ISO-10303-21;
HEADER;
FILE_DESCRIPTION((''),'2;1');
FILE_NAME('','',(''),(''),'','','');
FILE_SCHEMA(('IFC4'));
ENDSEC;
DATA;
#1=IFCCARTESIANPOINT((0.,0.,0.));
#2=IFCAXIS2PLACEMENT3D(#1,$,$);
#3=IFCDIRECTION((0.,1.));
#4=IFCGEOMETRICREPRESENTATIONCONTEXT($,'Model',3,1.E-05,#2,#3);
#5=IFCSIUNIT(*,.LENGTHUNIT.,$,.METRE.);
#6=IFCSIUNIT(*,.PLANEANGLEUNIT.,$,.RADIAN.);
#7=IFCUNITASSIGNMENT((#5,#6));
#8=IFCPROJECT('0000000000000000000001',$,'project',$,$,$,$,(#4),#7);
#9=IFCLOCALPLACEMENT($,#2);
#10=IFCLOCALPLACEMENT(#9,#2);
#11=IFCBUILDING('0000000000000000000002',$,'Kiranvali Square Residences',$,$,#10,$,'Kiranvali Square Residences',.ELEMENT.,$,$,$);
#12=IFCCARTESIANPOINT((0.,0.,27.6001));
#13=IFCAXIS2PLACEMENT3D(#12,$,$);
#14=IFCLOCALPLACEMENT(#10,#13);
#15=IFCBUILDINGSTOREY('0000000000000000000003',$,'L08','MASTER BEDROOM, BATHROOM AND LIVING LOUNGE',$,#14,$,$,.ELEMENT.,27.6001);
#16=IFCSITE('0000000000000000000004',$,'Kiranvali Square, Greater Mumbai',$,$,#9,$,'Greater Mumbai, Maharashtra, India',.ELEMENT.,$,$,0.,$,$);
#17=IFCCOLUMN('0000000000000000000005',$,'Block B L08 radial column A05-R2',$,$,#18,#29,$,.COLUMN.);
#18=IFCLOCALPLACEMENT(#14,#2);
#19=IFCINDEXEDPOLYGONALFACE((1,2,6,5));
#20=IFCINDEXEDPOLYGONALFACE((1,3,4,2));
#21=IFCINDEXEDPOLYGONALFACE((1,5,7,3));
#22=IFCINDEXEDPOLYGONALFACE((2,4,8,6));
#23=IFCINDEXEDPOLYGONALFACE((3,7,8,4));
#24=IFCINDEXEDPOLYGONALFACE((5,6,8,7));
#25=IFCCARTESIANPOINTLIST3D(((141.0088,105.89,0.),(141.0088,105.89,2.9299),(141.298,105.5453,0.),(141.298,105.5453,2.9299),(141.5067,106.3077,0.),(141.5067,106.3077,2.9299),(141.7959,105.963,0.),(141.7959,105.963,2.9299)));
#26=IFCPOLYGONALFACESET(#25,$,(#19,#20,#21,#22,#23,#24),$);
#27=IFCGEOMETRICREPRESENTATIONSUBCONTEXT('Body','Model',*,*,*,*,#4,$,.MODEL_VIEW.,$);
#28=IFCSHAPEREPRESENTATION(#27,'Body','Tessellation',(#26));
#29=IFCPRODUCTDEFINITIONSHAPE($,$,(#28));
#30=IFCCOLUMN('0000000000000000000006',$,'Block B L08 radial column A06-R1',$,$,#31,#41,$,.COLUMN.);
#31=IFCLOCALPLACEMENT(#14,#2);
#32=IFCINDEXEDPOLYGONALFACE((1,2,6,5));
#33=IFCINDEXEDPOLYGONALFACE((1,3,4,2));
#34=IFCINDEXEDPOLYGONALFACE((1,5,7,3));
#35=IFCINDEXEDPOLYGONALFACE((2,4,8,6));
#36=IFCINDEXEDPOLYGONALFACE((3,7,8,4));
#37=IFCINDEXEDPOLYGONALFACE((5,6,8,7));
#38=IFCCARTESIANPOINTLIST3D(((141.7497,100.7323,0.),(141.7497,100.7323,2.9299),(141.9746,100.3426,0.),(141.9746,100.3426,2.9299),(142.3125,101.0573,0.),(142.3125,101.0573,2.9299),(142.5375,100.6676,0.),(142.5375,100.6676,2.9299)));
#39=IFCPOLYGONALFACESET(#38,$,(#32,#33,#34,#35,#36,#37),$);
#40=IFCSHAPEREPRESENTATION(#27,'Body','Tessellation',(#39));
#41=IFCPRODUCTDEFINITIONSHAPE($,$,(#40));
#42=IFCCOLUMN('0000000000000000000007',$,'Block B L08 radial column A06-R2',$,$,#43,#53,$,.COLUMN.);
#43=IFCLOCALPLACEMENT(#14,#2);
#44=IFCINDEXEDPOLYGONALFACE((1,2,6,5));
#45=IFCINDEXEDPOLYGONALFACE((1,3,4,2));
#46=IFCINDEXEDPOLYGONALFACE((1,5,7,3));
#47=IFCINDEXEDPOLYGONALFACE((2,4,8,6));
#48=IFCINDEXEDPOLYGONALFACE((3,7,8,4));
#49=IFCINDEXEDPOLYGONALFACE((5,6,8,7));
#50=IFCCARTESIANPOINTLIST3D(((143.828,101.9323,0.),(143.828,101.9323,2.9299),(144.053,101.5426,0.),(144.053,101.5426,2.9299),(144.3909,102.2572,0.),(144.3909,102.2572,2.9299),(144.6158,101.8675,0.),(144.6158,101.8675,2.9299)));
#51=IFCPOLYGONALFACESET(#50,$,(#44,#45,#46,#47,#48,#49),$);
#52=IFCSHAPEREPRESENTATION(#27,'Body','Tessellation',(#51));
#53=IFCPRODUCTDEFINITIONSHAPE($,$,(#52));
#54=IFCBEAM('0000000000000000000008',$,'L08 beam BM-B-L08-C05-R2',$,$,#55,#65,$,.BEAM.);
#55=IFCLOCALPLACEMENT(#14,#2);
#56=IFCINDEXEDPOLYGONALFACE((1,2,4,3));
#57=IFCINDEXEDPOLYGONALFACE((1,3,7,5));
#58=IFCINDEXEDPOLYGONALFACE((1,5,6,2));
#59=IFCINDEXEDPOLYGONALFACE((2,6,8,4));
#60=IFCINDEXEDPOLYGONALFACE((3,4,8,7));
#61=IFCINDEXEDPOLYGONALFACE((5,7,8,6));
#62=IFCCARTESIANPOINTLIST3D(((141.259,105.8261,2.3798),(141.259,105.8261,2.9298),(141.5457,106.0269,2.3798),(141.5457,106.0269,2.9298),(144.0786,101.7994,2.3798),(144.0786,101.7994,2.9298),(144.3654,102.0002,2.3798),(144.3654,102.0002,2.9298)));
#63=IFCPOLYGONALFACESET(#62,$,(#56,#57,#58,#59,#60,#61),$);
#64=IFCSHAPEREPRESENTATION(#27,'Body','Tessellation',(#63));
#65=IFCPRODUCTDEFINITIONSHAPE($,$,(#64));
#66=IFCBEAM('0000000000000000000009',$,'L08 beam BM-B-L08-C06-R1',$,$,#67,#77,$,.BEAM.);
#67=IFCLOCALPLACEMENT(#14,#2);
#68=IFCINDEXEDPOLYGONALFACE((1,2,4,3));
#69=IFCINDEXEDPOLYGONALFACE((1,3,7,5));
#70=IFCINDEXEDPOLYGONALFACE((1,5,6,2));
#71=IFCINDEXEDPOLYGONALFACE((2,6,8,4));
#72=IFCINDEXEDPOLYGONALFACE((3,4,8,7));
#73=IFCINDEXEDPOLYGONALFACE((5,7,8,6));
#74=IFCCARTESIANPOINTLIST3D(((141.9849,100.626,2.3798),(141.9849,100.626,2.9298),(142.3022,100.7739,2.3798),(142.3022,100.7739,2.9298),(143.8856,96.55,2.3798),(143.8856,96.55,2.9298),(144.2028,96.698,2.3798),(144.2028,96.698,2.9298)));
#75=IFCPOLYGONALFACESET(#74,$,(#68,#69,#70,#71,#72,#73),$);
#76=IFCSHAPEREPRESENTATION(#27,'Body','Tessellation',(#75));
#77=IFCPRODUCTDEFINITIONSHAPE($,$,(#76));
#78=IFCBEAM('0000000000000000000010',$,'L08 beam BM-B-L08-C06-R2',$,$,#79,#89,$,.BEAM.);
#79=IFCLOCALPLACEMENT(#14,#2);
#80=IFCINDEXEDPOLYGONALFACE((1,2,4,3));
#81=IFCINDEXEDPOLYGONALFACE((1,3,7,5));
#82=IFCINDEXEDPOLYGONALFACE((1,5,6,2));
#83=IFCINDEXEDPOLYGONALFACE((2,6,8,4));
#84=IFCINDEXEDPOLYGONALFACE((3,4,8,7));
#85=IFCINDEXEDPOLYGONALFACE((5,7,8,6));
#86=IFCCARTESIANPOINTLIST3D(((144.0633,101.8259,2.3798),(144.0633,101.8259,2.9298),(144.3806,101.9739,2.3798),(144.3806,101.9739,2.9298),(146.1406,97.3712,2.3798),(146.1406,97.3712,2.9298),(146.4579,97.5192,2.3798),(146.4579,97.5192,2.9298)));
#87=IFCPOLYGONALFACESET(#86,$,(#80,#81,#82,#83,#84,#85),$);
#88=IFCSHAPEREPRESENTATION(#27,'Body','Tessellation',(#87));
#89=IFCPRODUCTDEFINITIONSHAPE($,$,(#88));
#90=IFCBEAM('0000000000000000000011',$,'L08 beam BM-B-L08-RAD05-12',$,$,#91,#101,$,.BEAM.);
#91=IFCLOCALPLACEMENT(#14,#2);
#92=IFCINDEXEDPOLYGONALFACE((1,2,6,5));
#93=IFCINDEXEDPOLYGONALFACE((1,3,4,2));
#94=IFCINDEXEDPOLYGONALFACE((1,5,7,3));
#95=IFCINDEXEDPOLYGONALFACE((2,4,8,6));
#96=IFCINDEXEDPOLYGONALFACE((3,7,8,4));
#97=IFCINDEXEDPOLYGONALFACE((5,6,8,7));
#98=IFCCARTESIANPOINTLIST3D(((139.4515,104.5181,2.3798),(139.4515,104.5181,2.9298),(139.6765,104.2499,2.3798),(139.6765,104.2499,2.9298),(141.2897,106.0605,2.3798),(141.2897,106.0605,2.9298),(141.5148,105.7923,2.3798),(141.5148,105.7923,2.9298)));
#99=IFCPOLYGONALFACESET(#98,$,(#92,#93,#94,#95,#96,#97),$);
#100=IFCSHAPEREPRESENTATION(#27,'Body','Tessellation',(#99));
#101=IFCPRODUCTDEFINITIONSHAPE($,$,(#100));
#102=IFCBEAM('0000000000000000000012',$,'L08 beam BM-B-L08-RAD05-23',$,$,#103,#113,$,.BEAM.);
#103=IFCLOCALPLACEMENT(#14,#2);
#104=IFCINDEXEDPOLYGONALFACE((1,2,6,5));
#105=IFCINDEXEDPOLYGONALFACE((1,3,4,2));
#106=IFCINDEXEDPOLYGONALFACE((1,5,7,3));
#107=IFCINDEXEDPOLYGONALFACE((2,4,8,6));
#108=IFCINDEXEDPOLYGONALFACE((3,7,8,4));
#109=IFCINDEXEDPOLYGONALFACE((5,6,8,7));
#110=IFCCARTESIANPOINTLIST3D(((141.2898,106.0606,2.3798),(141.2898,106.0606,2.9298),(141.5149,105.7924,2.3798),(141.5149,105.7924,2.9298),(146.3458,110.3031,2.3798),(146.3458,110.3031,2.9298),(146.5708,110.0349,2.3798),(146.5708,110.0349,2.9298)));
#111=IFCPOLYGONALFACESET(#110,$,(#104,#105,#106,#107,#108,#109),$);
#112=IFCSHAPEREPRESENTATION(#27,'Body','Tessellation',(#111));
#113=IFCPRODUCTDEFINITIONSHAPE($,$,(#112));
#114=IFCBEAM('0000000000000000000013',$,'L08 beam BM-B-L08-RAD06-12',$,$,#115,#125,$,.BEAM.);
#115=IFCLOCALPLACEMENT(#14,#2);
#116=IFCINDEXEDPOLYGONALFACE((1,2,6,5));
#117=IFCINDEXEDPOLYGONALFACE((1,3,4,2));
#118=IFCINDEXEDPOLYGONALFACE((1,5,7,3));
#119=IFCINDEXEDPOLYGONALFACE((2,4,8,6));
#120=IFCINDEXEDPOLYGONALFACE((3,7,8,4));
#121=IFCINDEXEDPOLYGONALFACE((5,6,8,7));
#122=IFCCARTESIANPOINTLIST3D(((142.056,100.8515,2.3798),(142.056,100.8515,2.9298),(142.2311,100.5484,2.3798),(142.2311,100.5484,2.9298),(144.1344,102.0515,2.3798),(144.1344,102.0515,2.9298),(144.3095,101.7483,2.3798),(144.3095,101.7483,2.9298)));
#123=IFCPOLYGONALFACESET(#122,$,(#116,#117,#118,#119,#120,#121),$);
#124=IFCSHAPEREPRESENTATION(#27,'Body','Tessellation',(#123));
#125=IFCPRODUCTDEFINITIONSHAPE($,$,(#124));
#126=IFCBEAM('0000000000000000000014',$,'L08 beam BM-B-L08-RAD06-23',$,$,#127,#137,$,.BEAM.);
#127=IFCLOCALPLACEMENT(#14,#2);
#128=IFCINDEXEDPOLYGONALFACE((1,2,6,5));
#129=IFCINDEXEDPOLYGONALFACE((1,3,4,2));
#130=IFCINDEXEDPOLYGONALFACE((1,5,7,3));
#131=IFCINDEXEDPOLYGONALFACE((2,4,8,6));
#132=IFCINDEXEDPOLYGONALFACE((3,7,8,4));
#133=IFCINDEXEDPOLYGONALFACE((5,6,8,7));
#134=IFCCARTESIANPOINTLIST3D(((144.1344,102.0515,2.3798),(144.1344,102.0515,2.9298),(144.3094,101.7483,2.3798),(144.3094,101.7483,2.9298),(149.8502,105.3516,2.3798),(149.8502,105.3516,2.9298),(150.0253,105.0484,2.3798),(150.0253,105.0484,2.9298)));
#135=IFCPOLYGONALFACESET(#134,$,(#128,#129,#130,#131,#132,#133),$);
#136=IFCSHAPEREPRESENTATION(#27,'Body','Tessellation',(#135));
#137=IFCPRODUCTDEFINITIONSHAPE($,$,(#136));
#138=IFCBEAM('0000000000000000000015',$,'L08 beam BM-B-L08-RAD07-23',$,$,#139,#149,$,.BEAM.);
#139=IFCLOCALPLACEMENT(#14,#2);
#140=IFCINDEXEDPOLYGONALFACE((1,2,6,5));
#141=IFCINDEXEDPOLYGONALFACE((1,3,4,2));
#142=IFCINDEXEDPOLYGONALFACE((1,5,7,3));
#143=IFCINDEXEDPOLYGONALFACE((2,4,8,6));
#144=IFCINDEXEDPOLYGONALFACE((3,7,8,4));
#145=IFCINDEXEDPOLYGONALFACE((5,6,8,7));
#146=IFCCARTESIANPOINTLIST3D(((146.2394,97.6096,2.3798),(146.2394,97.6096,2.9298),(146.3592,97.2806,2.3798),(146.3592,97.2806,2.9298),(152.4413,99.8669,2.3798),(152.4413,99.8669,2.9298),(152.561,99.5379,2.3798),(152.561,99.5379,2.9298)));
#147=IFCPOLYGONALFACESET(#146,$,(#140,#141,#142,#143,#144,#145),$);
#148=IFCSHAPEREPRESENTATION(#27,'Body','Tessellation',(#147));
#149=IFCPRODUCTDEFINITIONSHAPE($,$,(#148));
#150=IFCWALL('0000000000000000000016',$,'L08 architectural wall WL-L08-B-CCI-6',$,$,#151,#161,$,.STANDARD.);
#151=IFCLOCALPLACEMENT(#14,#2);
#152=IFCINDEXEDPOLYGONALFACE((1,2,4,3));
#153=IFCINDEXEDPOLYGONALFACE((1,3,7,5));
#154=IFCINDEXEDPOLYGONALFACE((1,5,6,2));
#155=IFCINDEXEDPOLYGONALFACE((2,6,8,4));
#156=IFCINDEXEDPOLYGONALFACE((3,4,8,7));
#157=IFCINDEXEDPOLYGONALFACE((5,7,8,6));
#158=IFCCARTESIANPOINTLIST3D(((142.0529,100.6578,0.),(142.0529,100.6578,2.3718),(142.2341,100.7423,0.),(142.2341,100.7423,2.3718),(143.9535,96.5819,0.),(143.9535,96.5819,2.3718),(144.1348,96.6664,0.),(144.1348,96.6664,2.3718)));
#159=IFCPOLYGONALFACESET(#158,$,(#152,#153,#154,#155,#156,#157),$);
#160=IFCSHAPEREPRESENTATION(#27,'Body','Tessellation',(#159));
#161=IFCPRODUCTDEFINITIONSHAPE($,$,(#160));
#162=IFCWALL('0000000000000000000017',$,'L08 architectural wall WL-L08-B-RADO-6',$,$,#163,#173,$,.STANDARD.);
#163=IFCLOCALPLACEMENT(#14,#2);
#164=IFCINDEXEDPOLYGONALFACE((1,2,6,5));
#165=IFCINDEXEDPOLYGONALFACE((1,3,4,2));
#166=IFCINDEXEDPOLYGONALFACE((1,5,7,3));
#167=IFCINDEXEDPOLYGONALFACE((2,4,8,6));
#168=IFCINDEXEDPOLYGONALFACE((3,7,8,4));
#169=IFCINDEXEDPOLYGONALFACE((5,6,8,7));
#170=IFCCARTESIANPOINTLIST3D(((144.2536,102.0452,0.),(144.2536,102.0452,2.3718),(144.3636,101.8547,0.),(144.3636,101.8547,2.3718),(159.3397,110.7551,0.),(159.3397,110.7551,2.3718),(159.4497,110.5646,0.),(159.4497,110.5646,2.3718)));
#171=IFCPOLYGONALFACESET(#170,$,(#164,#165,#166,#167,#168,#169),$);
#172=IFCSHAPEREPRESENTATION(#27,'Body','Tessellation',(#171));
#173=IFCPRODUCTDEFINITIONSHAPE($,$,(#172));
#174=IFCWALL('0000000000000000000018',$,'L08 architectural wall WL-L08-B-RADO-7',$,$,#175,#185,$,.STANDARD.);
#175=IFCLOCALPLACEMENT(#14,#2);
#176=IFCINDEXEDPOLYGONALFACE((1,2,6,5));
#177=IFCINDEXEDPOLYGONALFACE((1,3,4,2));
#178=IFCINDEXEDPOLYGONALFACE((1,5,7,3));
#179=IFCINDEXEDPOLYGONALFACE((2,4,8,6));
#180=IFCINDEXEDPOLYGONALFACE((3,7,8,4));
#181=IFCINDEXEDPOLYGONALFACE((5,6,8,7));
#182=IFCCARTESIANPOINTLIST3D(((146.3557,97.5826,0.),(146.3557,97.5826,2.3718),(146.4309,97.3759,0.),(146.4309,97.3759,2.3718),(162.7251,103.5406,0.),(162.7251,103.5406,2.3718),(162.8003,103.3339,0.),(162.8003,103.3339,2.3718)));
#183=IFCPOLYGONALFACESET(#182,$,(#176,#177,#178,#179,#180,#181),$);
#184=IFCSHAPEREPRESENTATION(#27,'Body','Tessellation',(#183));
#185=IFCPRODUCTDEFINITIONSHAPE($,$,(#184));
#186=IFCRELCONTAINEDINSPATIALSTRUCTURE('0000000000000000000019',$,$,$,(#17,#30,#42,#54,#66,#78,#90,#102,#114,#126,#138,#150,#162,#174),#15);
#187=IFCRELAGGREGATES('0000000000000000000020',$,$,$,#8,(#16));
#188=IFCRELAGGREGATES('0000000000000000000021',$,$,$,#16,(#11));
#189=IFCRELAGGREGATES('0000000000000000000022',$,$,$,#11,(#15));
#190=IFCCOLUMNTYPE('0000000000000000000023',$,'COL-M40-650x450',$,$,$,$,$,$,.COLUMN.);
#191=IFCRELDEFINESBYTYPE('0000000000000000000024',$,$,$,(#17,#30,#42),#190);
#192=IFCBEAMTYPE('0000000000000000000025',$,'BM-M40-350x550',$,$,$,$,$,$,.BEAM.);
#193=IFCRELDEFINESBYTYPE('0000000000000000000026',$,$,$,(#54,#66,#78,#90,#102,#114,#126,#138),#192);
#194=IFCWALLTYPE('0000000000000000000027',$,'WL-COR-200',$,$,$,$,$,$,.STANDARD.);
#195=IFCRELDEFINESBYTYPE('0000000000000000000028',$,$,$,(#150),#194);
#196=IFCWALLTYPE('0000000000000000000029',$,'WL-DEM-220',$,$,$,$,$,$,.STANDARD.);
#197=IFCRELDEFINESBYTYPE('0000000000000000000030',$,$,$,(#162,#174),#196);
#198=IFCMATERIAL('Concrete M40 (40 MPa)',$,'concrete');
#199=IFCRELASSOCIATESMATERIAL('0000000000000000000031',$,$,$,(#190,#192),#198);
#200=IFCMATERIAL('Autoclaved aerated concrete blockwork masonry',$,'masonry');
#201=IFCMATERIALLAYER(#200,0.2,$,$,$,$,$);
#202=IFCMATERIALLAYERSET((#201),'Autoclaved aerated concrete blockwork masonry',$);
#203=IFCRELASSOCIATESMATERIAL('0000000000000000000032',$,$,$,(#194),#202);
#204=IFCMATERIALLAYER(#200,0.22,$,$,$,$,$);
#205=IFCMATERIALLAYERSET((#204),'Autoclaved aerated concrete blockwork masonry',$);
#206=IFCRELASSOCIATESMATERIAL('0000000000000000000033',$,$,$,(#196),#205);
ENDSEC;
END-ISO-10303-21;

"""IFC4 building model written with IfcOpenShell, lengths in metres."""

from ifc_helpers import new_model, si_unit, direction, frame, frame_2d, origin, origin_2d, place, context, subcontext, project, spatial, rectangle, extrude, material, layer, layer_set, material_profile, profile_set, type_object, element, save


model = new_model("IFC4")

# Units and contexts
model_context = context("Model", 3, precision=1e-05, world=origin(), true_north=direction((0.0, 1.0)))
body_context = subcontext(model_context, "Body", "Model", "MODEL_VIEW")
ifc_project = project(units=[si_unit("LENGTHUNIT", "METRE"), si_unit("PLANEANGLEUNIT", "RADIAN")], contexts=[model_context])

# Site, building, storey
site_placement = place(None, origin())
site = spatial("IfcSite", under=ifc_project, at=site_placement, Name="Kiranvali Square, Greater Mumbai", LongName="Greater Mumbai, Maharashtra, India", CompositionType="ELEMENT", RefElevation=0.0)
building_placement = place(site_placement, origin())
building = spatial("IfcBuilding", under=site, at=building_placement, Name="Kiranvali Square Residences", LongName="Kiranvali Square Residences", CompositionType="ELEMENT")
storey_placement = place(building_placement, frame((0.0, 0.0, 27.6001)))
storey = spatial("IfcBuildingStorey", under=building, at=storey_placement, Name="L08", Description="MASTER BEDROOM, BATHROOM AND LIVING LOUNGE", CompositionType="ELEMENT", Elevation=27.6001)

# Columns
ifc_material_1 = material(Name="Concrete M40 (40 MPa)", Category="concrete")
ifc_material_profile_1 = material_profile(ifc_material_1, rectangle(XDim=0.45, YDim=0.6499, at=origin_2d()), Name="RC 650x450")
ifc_profile_set_1 = profile_set([ifc_material_profile_1], Name="Concrete M40 (40 MPa)")
column_type = type_object("IfcColumnType", Name="COL-M40-650x450", PredefinedType="COLUMN", material=ifc_profile_set_1)
for number, where, z_axis, x_axis, name in (
    (1, (141.4023, 105.9265, 0.0), (0.0, 0.0, 1.0), (-0.642788, 0.766044, 0.0), "Block B L08 radial column A05-R2"),
    (2, (142.1436, 100.7, 0.0), (0.0, 0.0, 1.0), (-0.5, 0.866025, 0.0), "Block B L08 radial column A06-R1"),
    (3, (144.2219, 101.8999, 0.0), (0.0, 0.0, 1.0), (-0.5, 0.866025, 0.0), "Block B L08 radial column A06-R2"),
):
    element("IfcColumn", number, at=place(storey_placement, frame(where, z_axis=z_axis, x_axis=x_axis)), inside=storey, type_object=column_type, Name=name, PredefinedType="COLUMN", context=body_context, shape_type="SweptSolid", body=[
        extrude(rectangle(XDim=0.45, YDim=0.6499, at=origin_2d()), origin(), (0.0, 0.0, 1.0), 2.9299),
    ])

# Beams
ifc_material_profile_2 = material_profile(ifc_material_1, rectangle(XDim=0.3501, YDim=0.55, at=origin_2d()), Name="RC 350x550")
ifc_profile_set_2 = profile_set([ifc_material_profile_2], Name="Concrete M40 (40 MPa)")
beam_type = type_object("IfcBeamType", Name="BM-M40-350x550", PredefinedType="BEAM", material=ifc_profile_set_2)
beam_1_placement = place(storey_placement, frame((141.4023, 105.9265, 2.6548), z_axis=(0.573592, -0.819141, 0.0), x_axis=(0.819141, 0.573592, 0.0)))
element("IfcBeam", 4, at=beam_1_placement, inside=storey, type_object=beam_type, Name="L08 beam BM-B-L08-C05-R2", PredefinedType="BEAM", context=body_context, shape_type="SweptSolid", body=[
    extrude(rectangle(XDim=0.3501, YDim=0.55, at=origin_2d()), origin(), (0.0, 0.0, 1.0), 4.9158),
])
beam_2_placement = place(storey_placement, frame((142.1436, 100.7, 2.6548), z_axis=(0.422618, -0.906308, 0.0), x_axis=(0.906308, 0.422618, 0.0)))
element("IfcBeam", 5, at=beam_2_placement, inside=storey, type_object=beam_type, Name="L08 beam BM-B-L08-C06-R1", PredefinedType="BEAM", context=body_context, shape_type="SweptSolid", body=[
    extrude(rectangle(XDim=0.3501, YDim=0.55, at=origin_2d()), origin(), (0.0, 0.0, 1.0), 4.4973),
])
beam_3_placement = place(storey_placement, frame((144.2219, 101.8999, 2.6548), z_axis=(0.42263, -0.906302, 0.0), x_axis=(0.906302, 0.42263, 0.0)))
element("IfcBeam", 6, at=beam_3_placement, inside=storey, type_object=beam_type, Name="L08 beam BM-B-L08-C06-R2", PredefinedType="BEAM", context=body_context, shape_type="SweptSolid", body=[
    extrude(rectangle(XDim=0.3501, YDim=0.55, at=origin_2d()), origin(), (0.0, 0.0, 1.0), 4.9153),
])
beam_4_placement = place(storey_placement, frame((139.564, 104.384, 2.6548), z_axis=(0.766065, 0.642763, 0.0), x_axis=(-0.642763, 0.766065, 0.0)))
element("IfcBeam", 7, at=beam_4_placement, inside=storey, type_object=beam_type, Name="L08 beam BM-B-L08-RAD05-12", PredefinedType="BEAM", context=body_context, shape_type="SweptSolid", body=[
    extrude(rectangle(XDim=0.3501, YDim=0.55, at=origin_2d()), origin(), (0.0, 0.0, 1.0), 2.3997),
])
beam_5_placement = place(storey_placement, frame((141.4023, 105.9265, 2.6548), z_axis=(0.766043, 0.642789, 0.0), x_axis=(-0.642789, 0.766043, 0.0)))
element("IfcBeam", 8, at=beam_5_placement, inside=storey, type_object=beam_type, Name="L08 beam BM-B-L08-RAD05-23", PredefinedType="BEAM", context=body_context, shape_type="SweptSolid", body=[
    extrude(rectangle(XDim=0.3501, YDim=0.55, at=origin_2d()), origin(), (0.0, 0.0, 1.0), 6.6001),
])
beam_6_placement = place(storey_placement, frame((142.1436, 100.7, 2.6548), z_axis=(0.866025, 0.500001, 0.0), x_axis=(-0.500001, 0.866025, 0.0)))
element("IfcBeam", 9, at=beam_6_placement, inside=storey, type_object=beam_type, Name="L08 beam BM-B-L08-RAD06-12", PredefinedType="BEAM", context=body_context, shape_type="SweptSolid", body=[
    extrude(rectangle(XDim=0.3501, YDim=0.55, at=origin_2d()), origin(), (0.0, 0.0, 1.0), 2.3999),
])
beam_7_placement = place(storey_placement, frame((144.2219, 101.8999, 2.6548), z_axis=(0.866024, 0.500002, 0.0), x_axis=(-0.500002, 0.866024, 0.0)))
element("IfcBeam", 10, at=beam_7_placement, inside=storey, type_object=beam_type, Name="L08 beam BM-B-L08-RAD06-23", PredefinedType="BEAM", context=body_context, shape_type="SweptSolid", body=[
    extrude(rectangle(XDim=0.3501, YDim=0.55, at=origin_2d()), origin(), (0.0, 0.0, 1.0), 6.6001),
])
beam_8_placement = place(storey_placement, frame((146.2993, 97.4451, 2.6548), z_axis=(0.939692, 0.342022, 0.0), x_axis=(-0.342022, 0.939692, 0.0)))
element("IfcBeam", 11, at=beam_8_placement, inside=storey, type_object=beam_type, Name="L08 beam BM-B-L08-RAD07-23", PredefinedType="BEAM", context=body_context, shape_type="SweptSolid", body=[
    extrude(rectangle(XDim=0.3501, YDim=0.55, at=origin_2d()), origin(), (0.0, 0.0, 1.0), 6.5999),
])

# Shared definitions
ifc_material_2 = material(Name="Autoclaved aerated concrete blockwork masonry", Category="masonry")
ifc_layer_1 = layer(ifc_material_2, 0.2)
ifc_layer_set_1 = layer_set([ifc_layer_1], Name="Autoclaved aerated concrete blockwork masonry")
wall_type_1 = type_object("IfcWallType", Name="WL-COR-200", PredefinedType="STANDARD", material=ifc_layer_set_1)

# Wall
wall_1_placement = place(storey_placement, frame((142.1436, 100.7, 0.0), z_axis=(0.0, 0.0, 1.0), x_axis=(0.422618, -0.906308, 0.0)))
element("IfcWall", 12, at=wall_1_placement, inside=storey, type_object=wall_type_1, Name="L08 architectural wall WL-L08-B-CCI-6", PredefinedType="STANDARD", context=body_context, shape_type="SweptSolid", body=[
    extrude(rectangle(XDim=4.4973, YDim=0.2, at=frame_2d((2.2485, 0.0))), origin(), (0.0, 0.0, 1.0), 2.3718),
])

# Walls
ifc_layer_2 = layer(ifc_material_2, 0.22)
ifc_layer_set_2 = layer_set([ifc_layer_2], Name="Autoclaved aerated concrete blockwork masonry")
wall_type_2 = type_object("IfcWallType", Name="WL-DEM-220", PredefinedType="STANDARD", material=ifc_layer_set_2)
for number, where, z_axis, x_axis, name in (
    (13, (144.3086, 101.95, 0.0), (0.0, 0.0, 1.0), (0.866027, 0.499998, 0.0), "L08 architectural wall WL-L08-B-RADO-6"),
    (14, (146.3933, 97.4792, 0.0), (0.0, 0.0, 1.0), (0.939692, 0.342022, 0.0), "L08 architectural wall WL-L08-B-RADO-7"),
):
    element("IfcWall", number, at=place(storey_placement, frame(where, z_axis=z_axis, x_axis=x_axis)), inside=storey, type_object=wall_type_2, Name=name, PredefinedType="STANDARD", context=body_context, shape_type="SweptSolid", body=[
        extrude(rectangle(XDim=17.4199, YDim=0.22, at=frame_2d((8.71, 0.0))), origin(), (0.0, 0.0, 1.0), 2.3718),
    ])

save(model, "model.ifc")
